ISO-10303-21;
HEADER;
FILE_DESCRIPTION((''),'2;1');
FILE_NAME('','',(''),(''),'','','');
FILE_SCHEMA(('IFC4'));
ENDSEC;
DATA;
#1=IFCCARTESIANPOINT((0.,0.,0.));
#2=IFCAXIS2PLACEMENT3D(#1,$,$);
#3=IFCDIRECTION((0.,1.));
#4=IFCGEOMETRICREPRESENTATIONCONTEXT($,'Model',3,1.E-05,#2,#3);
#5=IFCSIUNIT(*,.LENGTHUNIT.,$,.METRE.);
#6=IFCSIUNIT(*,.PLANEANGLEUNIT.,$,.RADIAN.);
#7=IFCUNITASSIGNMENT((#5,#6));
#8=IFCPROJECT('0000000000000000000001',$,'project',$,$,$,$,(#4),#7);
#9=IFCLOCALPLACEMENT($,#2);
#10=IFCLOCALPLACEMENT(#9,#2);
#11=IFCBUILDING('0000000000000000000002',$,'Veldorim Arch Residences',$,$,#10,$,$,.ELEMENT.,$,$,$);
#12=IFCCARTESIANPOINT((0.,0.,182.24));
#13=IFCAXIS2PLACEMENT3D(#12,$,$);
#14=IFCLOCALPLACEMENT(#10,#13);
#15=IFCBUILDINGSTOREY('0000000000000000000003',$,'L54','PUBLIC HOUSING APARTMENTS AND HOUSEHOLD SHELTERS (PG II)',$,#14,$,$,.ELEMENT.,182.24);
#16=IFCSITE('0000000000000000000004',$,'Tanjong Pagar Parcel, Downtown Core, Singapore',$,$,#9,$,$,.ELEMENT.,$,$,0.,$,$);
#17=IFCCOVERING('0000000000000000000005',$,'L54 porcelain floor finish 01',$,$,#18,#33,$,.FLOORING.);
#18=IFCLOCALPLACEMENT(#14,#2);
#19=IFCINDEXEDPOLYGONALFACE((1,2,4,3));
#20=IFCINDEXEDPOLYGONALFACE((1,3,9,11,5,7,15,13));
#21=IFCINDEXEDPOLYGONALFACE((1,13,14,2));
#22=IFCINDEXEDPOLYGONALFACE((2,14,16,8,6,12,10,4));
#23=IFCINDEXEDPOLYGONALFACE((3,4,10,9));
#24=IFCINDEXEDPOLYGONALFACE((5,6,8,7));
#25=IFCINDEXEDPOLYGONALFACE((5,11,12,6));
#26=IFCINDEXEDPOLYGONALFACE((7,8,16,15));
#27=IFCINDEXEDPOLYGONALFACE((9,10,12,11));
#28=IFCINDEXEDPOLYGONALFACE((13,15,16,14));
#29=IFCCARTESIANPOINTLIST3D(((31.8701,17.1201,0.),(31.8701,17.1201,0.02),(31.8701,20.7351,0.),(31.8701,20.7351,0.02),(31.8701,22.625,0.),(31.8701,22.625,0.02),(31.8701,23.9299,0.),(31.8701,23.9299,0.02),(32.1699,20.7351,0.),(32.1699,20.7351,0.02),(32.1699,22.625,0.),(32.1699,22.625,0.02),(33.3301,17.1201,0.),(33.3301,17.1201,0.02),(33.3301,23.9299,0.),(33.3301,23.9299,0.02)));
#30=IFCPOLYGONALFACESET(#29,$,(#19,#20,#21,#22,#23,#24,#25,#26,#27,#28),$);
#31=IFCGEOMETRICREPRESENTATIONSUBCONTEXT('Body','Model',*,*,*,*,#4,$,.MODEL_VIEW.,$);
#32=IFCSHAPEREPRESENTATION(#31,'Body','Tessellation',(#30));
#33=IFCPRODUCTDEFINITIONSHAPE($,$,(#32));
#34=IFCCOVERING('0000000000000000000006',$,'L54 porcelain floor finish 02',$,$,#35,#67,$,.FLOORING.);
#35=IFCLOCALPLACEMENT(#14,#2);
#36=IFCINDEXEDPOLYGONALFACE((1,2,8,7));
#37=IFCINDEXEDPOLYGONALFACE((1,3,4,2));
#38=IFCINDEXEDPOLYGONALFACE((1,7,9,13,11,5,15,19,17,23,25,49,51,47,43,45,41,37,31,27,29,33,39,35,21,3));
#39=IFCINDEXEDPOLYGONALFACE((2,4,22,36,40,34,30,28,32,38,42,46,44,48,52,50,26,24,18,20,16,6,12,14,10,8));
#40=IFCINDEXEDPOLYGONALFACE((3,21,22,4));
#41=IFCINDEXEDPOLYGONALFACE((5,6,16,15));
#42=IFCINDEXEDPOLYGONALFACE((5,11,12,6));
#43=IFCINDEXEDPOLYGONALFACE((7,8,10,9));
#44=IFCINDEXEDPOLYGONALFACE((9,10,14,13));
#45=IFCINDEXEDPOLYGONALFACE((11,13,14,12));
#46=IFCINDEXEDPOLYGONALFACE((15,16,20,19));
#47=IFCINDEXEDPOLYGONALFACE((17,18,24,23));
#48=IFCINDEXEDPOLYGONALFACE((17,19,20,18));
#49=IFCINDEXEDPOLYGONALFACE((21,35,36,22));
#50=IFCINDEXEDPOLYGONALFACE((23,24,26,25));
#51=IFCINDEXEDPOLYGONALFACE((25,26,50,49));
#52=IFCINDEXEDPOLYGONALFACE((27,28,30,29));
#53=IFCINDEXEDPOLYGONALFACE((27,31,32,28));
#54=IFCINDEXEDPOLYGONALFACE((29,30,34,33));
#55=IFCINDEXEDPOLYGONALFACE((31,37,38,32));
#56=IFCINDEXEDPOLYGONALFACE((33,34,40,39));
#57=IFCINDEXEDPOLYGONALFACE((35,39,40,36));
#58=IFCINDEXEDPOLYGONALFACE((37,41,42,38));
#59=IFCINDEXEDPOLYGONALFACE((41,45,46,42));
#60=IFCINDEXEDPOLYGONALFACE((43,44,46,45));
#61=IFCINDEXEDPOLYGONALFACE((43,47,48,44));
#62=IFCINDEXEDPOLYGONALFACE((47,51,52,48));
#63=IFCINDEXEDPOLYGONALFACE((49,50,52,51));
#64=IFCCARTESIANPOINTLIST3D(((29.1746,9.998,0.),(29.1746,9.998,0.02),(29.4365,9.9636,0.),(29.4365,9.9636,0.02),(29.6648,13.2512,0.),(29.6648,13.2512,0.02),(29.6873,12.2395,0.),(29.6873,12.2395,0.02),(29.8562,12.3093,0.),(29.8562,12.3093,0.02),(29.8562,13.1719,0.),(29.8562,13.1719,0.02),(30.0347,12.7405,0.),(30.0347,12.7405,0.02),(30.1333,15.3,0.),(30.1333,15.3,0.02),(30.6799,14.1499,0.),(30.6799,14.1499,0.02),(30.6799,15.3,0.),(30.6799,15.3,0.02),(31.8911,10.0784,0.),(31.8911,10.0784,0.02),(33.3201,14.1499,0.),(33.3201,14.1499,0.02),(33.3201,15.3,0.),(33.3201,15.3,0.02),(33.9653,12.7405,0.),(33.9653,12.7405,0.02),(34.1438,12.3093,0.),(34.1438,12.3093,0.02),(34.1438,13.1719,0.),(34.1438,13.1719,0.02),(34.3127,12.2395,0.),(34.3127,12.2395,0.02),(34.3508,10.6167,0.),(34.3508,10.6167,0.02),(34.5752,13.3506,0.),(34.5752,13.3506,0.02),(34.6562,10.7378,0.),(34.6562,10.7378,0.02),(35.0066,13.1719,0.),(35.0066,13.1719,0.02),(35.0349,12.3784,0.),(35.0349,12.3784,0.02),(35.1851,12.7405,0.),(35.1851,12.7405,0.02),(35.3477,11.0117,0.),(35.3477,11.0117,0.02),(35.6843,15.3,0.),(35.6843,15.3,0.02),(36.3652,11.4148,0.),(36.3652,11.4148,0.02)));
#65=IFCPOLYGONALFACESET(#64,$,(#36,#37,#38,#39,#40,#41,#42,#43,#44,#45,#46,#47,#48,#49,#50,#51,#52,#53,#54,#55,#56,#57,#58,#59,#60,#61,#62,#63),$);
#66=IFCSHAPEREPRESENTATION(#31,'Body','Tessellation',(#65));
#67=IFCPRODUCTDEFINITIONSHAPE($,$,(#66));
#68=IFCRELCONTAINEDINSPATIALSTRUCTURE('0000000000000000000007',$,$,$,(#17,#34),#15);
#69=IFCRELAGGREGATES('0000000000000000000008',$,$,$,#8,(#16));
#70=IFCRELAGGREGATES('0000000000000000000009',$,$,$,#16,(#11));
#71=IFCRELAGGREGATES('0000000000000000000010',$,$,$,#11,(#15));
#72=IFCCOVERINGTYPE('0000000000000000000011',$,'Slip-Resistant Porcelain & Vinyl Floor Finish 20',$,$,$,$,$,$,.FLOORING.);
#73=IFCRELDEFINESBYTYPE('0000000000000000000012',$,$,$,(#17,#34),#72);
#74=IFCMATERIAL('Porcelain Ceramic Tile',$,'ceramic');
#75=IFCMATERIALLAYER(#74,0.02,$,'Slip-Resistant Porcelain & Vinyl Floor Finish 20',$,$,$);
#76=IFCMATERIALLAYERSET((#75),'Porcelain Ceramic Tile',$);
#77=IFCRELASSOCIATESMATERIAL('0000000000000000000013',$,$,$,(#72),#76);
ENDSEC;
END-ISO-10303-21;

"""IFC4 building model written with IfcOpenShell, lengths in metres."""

from ifc_helpers import new_model, si_unit, direction, frame, origin, place, context, subcontext, project, spatial, polyline, outline, extrude, material, layer, layer_set, type_object, element, save


model = new_model("IFC4")

# Units and contexts
model_context = context("Model", 3, precision=1e-05, world=origin(), true_north=direction((0.0, 1.0)))
body_context = subcontext(model_context, "Body", "Model", "MODEL_VIEW")
ifc_project = project(units=[si_unit("LENGTHUNIT", "METRE"), si_unit("PLANEANGLEUNIT", "RADIAN")], contexts=[model_context])

# Site, building, storey
site_placement = place(None, origin())
site = spatial("IfcSite", under=ifc_project, at=site_placement, Name="Tanjong Pagar Parcel, Downtown Core, Singapore", CompositionType="ELEMENT", RefElevation=0.0)
building_placement = place(site_placement, origin())
building = spatial("IfcBuilding", under=site, at=building_placement, Name="Veldorim Arch Residences", CompositionType="ELEMENT")
storey_placement = place(building_placement, frame((0.0, 0.0, 182.24)))
storey = spatial("IfcBuildingStorey", under=building, at=storey_placement, Name="L54", Description="PUBLIC HOUSING APARTMENTS AND HOUSEHOLD SHELTERS (PG II)", CompositionType="ELEMENT", Elevation=182.24)

# Coverings
ifc_material_1 = material(Name="Porcelain Ceramic Tile", Category="ceramic")
ifc_layer_1 = layer(ifc_material_1, 0.02, Name="Slip-Resistant Porcelain & Vinyl Floor Finish 20")
ifc_layer_set_1 = layer_set([ifc_layer_1], Name="Porcelain Ceramic Tile")
covering_type_1 = type_object("IfcCoveringType", Name="Slip-Resistant Porcelain & Vinyl Floor Finish 20", PredefinedType="FLOORING", material=ifc_layer_set_1)
covering_1_placement = place(storey_placement, origin())
element("IfcCovering", 1, at=covering_1_placement, inside=storey, type_object=covering_type_1, Name="L54 porcelain floor finish 01", PredefinedType="FLOORING", context=body_context, shape_type="SweptSolid", body=[
    extrude(outline(polyline([(33.3301, 23.9299), (33.3301, 17.1201), (31.8701, 17.1201), (31.8701, 20.7351), (32.1699, 20.7351), (32.1699, 22.625), (31.8701, 22.625), (31.8701, 23.9299), (33.3301, 23.9299)])), origin(), (0.0, 0.0, 1.0), 0.02),
])
covering_2_placement = place(storey_placement, origin())
element("IfcCovering", 2, at=covering_2_placement, inside=storey, type_object=covering_type_1, Name="L54 porcelain floor finish 02", PredefinedType="FLOORING", context=body_context, shape_type="SweptSolid", body=[
    extrude(outline(polyline([(35.1851, 12.7405), (35.0066, 13.1719), (34.5752, 13.3506), (34.1438, 13.1719), (33.9653, 12.7405), (34.1438, 12.3093), (34.3127, 12.2395), (34.6562, 10.7378), (34.3508, 10.6167), (31.8911, 10.0784), (29.4365, 9.9636), (29.1746, 9.998), (29.6873, 12.2395), (29.8562, 12.3093), (30.0347, 12.7405), (29.8562, 13.1719), (29.6648, 13.2512), (30.1333, 15.3), (30.6799, 15.3), (30.6799, 14.1499), (33.3201, 14.1499), (33.3201, 15.3), (35.6843, 15.3), (36.3652, 11.4148), (35.3477, 11.0117), (35.0349, 12.3784), (35.1851, 12.7405)])), origin(), (0.0, 0.0, 1.0), 0.02),
])

save(model, "model.ifc")
